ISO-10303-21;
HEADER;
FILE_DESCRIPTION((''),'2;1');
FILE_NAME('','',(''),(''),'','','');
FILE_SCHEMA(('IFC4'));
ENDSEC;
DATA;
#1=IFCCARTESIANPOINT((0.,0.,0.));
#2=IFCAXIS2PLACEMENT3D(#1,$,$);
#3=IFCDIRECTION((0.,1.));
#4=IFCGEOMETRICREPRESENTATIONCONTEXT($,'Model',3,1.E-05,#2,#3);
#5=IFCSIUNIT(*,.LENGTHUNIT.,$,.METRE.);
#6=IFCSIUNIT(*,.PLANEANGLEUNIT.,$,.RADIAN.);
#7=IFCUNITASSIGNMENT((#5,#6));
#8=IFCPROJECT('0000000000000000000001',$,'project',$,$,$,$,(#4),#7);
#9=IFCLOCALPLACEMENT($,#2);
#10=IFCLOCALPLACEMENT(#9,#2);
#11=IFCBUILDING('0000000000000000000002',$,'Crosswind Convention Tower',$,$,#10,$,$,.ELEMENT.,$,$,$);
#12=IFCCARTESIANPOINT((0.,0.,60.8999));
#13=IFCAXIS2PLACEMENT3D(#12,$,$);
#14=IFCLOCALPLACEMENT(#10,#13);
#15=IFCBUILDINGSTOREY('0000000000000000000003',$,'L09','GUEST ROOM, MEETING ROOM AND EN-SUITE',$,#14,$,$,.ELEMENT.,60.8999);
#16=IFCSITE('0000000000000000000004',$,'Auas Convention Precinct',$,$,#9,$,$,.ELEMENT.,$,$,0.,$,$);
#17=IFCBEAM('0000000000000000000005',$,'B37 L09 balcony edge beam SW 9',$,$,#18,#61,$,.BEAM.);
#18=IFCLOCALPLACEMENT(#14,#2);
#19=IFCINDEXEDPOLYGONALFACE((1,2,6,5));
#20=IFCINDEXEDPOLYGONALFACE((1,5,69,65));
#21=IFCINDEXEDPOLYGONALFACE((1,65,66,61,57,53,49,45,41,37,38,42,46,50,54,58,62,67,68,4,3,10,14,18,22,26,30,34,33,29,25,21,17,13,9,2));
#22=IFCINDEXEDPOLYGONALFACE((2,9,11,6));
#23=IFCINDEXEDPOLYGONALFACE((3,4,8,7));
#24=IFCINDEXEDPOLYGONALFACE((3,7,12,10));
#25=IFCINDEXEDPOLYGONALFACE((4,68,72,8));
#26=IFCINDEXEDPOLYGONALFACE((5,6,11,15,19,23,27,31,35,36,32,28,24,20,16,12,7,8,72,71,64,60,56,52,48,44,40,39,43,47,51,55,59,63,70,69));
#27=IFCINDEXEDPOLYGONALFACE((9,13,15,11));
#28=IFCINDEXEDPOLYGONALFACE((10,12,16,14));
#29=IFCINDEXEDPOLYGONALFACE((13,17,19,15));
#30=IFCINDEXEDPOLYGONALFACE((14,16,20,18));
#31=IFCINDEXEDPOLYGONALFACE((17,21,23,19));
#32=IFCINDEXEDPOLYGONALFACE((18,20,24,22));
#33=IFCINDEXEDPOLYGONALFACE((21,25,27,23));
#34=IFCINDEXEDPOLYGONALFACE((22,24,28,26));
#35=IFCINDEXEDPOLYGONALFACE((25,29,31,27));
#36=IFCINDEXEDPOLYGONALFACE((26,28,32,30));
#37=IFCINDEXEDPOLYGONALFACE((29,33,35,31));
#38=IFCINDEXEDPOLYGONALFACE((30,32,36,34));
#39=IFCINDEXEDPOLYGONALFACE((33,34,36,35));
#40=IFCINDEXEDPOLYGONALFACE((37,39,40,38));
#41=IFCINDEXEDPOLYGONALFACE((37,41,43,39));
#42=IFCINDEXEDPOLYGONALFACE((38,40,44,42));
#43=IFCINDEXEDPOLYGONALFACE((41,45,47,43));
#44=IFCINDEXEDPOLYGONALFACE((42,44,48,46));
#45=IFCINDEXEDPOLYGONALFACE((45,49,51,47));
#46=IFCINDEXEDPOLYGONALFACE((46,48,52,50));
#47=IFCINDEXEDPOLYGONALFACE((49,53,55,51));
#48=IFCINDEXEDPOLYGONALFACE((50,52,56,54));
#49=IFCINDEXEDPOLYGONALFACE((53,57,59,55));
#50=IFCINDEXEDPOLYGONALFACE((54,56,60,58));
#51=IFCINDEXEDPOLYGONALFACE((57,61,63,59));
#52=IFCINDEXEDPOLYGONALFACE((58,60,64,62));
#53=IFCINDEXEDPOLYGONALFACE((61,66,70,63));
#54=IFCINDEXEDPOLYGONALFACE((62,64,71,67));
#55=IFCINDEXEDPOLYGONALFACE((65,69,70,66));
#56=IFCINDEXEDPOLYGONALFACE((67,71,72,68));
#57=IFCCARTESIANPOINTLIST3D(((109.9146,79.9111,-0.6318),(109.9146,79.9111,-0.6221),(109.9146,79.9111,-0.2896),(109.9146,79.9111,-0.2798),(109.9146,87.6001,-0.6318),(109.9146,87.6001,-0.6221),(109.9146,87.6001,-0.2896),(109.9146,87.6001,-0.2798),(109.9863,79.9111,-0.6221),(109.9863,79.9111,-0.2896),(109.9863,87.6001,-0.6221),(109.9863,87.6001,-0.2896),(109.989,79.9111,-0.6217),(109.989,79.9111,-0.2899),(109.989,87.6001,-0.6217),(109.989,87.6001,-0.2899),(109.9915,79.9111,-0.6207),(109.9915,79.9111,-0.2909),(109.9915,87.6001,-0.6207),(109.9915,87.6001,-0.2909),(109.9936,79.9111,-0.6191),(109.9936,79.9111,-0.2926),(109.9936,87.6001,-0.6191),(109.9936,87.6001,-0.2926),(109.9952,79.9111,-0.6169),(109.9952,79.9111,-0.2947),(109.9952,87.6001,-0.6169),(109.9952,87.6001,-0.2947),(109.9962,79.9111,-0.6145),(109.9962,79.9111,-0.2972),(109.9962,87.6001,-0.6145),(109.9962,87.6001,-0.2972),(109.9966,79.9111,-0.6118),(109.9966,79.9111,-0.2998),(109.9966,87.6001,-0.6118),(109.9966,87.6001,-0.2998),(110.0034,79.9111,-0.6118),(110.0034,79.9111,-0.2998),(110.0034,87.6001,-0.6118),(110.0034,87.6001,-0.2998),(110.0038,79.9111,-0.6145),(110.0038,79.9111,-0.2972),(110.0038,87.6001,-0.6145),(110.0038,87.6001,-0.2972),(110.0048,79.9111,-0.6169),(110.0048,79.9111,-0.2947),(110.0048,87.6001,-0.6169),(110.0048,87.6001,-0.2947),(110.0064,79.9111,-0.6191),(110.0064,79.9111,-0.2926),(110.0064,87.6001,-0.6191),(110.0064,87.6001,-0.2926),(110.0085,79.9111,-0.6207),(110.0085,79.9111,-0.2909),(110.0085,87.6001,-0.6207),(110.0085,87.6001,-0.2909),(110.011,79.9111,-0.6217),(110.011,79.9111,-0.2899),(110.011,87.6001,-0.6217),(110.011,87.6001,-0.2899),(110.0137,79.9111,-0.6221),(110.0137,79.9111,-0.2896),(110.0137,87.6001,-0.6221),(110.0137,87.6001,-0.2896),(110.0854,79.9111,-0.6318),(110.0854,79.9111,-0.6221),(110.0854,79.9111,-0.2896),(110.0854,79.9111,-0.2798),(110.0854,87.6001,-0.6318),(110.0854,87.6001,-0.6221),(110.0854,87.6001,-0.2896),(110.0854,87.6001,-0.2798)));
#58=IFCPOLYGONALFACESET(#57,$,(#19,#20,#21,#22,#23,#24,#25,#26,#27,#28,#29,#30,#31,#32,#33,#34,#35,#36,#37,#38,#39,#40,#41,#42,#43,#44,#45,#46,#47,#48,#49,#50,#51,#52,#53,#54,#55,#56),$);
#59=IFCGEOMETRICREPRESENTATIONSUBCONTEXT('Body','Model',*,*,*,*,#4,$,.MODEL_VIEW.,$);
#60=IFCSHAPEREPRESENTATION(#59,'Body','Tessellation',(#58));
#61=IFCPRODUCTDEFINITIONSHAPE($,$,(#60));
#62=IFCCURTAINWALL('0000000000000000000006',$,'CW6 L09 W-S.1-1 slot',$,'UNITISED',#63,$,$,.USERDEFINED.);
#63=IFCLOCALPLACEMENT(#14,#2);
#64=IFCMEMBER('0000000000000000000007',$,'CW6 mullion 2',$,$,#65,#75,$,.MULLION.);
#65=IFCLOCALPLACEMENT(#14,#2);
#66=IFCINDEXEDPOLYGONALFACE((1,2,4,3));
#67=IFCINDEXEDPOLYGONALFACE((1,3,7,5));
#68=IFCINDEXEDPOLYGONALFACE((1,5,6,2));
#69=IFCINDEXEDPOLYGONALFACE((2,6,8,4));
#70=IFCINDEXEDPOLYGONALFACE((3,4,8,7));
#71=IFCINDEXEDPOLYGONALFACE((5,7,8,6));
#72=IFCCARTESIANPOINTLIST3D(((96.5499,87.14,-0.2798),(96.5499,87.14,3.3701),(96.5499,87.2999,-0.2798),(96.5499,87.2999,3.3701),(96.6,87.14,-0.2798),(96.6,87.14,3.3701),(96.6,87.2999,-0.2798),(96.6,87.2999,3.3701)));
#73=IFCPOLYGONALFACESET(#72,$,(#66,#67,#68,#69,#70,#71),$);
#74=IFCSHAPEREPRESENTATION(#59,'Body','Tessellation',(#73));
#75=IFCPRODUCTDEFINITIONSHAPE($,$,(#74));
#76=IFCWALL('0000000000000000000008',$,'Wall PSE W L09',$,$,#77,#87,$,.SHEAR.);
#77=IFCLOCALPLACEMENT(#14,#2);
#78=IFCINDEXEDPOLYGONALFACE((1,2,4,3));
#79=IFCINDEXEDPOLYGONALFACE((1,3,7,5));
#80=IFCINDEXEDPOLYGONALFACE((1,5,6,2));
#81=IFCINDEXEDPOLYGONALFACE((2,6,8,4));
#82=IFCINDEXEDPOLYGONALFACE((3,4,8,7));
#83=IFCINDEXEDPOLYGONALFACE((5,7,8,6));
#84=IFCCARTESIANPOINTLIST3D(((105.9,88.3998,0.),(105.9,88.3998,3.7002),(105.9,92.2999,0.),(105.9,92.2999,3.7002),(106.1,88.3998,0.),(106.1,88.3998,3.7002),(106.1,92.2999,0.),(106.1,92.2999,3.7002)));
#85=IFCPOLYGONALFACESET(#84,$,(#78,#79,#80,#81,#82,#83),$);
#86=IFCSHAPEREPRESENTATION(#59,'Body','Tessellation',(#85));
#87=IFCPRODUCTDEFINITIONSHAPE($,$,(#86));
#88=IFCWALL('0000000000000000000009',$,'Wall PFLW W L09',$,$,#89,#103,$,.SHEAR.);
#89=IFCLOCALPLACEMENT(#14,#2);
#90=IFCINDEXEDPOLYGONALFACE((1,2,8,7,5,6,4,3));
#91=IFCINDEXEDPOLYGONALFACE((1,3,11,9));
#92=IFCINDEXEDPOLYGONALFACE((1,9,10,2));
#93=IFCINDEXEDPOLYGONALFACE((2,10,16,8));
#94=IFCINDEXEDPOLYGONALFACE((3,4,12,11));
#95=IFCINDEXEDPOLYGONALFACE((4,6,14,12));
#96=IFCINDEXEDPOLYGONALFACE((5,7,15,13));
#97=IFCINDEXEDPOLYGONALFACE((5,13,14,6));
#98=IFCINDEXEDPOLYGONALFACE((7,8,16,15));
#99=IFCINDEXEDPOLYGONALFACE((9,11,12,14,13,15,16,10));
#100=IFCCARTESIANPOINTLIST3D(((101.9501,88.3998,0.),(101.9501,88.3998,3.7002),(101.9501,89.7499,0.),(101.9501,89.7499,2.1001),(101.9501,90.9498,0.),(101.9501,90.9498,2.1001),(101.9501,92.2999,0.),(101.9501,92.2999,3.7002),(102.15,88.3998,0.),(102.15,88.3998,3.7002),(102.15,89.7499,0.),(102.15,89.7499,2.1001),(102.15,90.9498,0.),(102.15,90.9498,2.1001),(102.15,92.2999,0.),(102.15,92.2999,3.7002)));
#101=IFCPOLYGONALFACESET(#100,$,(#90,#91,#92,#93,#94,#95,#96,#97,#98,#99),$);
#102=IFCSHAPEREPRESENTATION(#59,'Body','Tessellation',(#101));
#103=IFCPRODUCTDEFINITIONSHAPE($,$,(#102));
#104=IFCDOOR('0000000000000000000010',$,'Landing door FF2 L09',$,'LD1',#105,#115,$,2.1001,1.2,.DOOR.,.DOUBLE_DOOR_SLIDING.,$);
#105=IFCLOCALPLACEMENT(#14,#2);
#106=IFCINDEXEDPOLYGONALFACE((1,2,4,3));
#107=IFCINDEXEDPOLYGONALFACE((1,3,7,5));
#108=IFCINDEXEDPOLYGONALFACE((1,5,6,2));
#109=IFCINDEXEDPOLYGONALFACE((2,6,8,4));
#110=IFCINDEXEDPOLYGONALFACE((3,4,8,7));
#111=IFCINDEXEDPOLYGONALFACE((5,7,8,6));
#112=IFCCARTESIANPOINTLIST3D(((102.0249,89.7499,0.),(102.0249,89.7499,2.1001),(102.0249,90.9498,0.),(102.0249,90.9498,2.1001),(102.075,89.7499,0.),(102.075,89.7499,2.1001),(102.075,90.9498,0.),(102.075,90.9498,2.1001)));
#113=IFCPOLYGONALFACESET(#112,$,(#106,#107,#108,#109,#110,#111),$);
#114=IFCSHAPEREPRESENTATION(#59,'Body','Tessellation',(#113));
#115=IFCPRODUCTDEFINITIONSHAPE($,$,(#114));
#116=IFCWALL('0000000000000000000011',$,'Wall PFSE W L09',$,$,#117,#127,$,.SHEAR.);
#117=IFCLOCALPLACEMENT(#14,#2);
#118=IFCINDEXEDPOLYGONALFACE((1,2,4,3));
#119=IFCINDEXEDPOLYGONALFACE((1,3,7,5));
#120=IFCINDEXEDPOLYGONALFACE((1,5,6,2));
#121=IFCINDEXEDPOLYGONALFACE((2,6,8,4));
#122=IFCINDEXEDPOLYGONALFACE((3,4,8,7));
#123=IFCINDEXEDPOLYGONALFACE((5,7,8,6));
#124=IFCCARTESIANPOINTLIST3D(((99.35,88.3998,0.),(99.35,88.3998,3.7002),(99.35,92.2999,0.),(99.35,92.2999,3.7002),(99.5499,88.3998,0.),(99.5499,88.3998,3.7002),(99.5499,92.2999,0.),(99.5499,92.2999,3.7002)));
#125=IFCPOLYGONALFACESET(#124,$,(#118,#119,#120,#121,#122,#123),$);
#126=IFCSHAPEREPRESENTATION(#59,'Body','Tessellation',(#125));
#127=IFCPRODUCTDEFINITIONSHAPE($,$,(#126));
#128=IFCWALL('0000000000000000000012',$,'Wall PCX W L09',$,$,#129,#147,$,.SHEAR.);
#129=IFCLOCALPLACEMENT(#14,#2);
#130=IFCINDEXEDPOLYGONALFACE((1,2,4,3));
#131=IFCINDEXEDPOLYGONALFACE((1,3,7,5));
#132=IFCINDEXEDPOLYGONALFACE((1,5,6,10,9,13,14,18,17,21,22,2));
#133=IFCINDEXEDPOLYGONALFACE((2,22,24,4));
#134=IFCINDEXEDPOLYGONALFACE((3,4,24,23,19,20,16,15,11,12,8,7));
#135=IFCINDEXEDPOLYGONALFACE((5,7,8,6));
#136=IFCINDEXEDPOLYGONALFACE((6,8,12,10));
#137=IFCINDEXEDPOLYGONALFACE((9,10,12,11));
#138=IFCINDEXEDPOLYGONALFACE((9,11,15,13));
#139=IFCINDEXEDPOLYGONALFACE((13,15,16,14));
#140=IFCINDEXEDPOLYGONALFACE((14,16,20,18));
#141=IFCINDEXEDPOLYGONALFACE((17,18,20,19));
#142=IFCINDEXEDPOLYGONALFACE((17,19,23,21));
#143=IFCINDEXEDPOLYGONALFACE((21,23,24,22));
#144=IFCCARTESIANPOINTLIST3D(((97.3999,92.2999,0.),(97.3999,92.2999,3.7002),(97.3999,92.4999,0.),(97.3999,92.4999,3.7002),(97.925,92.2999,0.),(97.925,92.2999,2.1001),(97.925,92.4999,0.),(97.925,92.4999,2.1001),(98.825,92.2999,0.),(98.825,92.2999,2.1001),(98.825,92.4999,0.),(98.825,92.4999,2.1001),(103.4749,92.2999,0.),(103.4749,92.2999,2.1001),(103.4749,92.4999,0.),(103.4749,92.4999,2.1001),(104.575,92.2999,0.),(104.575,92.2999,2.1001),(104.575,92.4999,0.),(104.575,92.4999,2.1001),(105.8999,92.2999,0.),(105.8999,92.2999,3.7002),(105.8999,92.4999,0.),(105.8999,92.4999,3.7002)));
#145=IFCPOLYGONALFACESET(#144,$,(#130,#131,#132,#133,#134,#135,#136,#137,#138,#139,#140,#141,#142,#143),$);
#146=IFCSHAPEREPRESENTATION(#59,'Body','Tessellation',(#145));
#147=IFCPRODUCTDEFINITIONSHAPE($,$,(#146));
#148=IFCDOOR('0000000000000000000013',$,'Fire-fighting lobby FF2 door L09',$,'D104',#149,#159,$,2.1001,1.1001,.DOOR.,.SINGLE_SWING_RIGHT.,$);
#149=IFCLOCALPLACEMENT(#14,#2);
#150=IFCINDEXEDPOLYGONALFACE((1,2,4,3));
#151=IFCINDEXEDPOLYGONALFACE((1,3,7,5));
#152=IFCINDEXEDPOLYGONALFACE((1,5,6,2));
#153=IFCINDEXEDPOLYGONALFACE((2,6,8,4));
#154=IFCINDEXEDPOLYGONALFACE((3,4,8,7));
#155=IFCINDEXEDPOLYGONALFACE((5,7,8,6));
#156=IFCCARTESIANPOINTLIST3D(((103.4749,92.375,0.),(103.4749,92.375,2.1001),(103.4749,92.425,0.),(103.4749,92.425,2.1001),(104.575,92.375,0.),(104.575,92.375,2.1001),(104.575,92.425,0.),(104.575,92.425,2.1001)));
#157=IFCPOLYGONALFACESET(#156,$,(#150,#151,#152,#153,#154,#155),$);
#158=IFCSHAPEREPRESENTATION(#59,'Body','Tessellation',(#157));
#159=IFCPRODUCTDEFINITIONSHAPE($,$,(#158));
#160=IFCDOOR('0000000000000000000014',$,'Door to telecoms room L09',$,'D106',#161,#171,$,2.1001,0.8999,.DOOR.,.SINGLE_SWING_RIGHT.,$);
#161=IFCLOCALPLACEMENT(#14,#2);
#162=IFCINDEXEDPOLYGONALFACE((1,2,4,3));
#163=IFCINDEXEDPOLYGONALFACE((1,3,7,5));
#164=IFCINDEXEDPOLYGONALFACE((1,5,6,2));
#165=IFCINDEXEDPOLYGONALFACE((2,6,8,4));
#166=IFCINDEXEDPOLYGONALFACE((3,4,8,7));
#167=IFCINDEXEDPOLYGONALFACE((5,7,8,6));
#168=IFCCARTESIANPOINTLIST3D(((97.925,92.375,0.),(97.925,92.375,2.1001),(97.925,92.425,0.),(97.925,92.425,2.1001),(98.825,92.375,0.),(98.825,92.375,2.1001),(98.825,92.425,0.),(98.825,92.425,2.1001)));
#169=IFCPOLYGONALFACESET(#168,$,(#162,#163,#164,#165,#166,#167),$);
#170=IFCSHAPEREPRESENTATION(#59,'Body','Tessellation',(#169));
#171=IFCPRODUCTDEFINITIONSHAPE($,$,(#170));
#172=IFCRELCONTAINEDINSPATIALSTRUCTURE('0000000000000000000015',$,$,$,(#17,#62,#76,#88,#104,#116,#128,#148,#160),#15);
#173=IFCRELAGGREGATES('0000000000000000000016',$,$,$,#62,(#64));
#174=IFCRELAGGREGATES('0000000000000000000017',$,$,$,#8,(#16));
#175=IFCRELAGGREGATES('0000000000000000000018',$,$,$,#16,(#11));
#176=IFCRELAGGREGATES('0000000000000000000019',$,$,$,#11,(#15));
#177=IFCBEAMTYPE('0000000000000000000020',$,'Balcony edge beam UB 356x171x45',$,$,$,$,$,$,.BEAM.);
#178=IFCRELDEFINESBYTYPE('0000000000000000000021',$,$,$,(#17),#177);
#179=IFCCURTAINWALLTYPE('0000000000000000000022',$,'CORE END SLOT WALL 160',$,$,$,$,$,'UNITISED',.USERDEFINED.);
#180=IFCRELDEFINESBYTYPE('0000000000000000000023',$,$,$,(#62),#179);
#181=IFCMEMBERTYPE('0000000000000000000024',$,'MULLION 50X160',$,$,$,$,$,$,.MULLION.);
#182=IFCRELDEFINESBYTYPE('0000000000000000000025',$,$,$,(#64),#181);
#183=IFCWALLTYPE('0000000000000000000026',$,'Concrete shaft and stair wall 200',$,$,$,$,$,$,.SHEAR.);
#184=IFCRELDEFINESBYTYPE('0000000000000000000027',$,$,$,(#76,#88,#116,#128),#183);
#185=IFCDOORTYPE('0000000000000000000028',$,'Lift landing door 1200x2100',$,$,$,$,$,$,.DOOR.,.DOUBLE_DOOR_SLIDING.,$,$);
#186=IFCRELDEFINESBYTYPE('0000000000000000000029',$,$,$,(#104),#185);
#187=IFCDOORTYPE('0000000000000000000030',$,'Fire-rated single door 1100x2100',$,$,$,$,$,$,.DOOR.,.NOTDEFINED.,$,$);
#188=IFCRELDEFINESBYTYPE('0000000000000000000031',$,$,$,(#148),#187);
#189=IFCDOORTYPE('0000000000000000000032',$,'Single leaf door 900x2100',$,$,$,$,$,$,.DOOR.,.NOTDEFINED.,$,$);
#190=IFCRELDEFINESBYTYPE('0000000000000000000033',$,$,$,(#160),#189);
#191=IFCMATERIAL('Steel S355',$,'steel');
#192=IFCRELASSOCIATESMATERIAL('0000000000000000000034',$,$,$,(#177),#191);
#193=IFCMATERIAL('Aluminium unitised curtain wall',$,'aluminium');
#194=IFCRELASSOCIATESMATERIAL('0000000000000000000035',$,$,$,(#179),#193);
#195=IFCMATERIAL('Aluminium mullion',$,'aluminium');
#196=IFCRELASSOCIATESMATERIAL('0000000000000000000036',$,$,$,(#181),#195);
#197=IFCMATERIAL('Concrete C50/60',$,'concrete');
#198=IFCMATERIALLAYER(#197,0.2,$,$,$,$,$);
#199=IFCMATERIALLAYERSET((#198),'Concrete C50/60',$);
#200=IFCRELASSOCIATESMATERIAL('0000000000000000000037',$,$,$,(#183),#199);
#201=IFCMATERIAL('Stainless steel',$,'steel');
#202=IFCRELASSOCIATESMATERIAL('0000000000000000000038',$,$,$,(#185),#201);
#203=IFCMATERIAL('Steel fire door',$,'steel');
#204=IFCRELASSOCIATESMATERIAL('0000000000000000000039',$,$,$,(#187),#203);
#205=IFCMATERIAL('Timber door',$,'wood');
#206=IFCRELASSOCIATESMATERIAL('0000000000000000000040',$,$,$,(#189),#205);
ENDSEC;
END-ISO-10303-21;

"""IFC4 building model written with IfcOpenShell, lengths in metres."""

from ifc_helpers import new_model, si_unit, direction, frame, frame_2d, origin, origin_2d, place, context, subcontext, project, spatial, rectangle, i_section, extrude, material, layer, layer_set, material_profile, profile_set, type_object, element, fill, aggregate, save


model = new_model("IFC4")

# Units and contexts
model_context = context("Model", 3, precision=1e-05, world=origin(), true_north=direction((0.0, 1.0)))
body_context = subcontext(model_context, "Body", "Model", "MODEL_VIEW")
ifc_project = project(units=[si_unit("LENGTHUNIT", "METRE"), si_unit("PLANEANGLEUNIT", "RADIAN")], contexts=[model_context])

# Site, building, storey
site_placement = place(None, origin())
site = spatial("IfcSite", under=ifc_project, at=site_placement, Name="Auas Convention Precinct", CompositionType="ELEMENT", RefElevation=0.0)
building_placement = place(site_placement, origin())
building = spatial("IfcBuilding", under=site, at=building_placement, Name="Crosswind Convention Tower", CompositionType="ELEMENT")
storey_placement = place(building_placement, frame((0.0, 0.0, 60.8999)))
storey = spatial("IfcBuildingStorey", under=building, at=storey_placement, Name="L09", Description="GUEST ROOM, MEETING ROOM AND EN-SUITE", CompositionType="ELEMENT", Elevation=60.8999)

# Beam
ifc_material_1 = material(Name="Steel S355", Category="steel")
ifc_material_profile_1 = material_profile(ifc_material_1, i_section(OverallWidth=0.1709, OverallDepth=0.3521, WebThickness=0.0068, FlangeThickness=0.0098, FilletRadius=0.0103, at=origin_2d()), Name="UB 356x171x45")
ifc_profile_set_1 = profile_set([ifc_material_profile_1], Name="Steel S355")
beam_type = type_object("IfcBeamType", Name="Balcony edge beam UB 356x171x45", PredefinedType="BEAM", material=ifc_profile_set_1)
beam_placement = place(storey_placement, frame((110.0, 87.6001, -0.4558), z_axis=(0.0, -1.0, 0.0), x_axis=(1.0, 0.0, 0.0)))
element("IfcBeam", 1, at=beam_placement, inside=storey, type_object=beam_type, Name="B37 L09 balcony edge beam SW 9", PredefinedType="BEAM", context=body_context, shape_type="SweptSolid", body=[
    extrude(i_section(OverallWidth=0.1709, OverallDepth=0.3521, WebThickness=0.0068, FlangeThickness=0.0098, FilletRadius=0.0103, at=origin_2d()), origin(), (0.0, 0.0, 1.0), 7.689),
])

# Curtain wall, member
ifc_material_2 = material(Name="Aluminium unitised curtain wall", Category="aluminium")
curtain_wall_type = type_object("IfcCurtainWallType", Name="CORE END SLOT WALL 160", ElementType="UNITISED", PredefinedType="USERDEFINED", material=ifc_material_2)
curtain_wall_placement = place(storey_placement, origin())
curtain_wall = element("IfcCurtainWall", 2, at=curtain_wall_placement, inside=storey, type_object=curtain_wall_type, Name="CW6 L09 W-S.1-1 slot", ObjectType="UNITISED", PredefinedType="USERDEFINED")
ifc_material_3 = material(Name="Aluminium mullion", Category="aluminium")
ifc_material_profile_2 = material_profile(ifc_material_3, rectangle(XDim=0.1599, YDim=0.05, at=origin_2d()), Name="AL 160X50")
ifc_profile_set_2 = profile_set([ifc_material_profile_2], Name="Aluminium mullion")
member_type = type_object("IfcMemberType", Name="MULLION 50X160", PredefinedType="MULLION", material=ifc_profile_set_2)
member_placement = place(storey_placement, frame((96.575, 87.22, -0.2798), z_axis=(0.0, 0.0, 1.0), x_axis=(0.0, -1.0, 0.0)))
member = element("IfcMember", 3, at=member_placement, type_object=member_type, Name="CW6 mullion 2", PredefinedType="MULLION", context=body_context, shape_type="SweptSolid", body=[
    extrude(rectangle(XDim=0.1599, YDim=0.05, at=origin_2d()), origin(), (0.0, 0.0, 1.0), 3.6499),
])
aggregate(curtain_wall, [member])

# Wall
ifc_material_4 = material(Name="Concrete C50/60", Category="concrete")
ifc_layer_1 = layer(ifc_material_4, 0.2)
ifc_layer_set_1 = layer_set([ifc_layer_1], Name="Concrete C50/60")
wall_type_1 = type_object("IfcWallType", Name="Concrete shaft and stair wall 200", PredefinedType="SHEAR", material=ifc_layer_set_1)
wall_1_placement = place(storey_placement, frame((106.0, 92.3, 0.0), z_axis=(0.0, 0.0, 1.0), x_axis=(0.0, -1.0, 0.0)))
element("IfcWall", 4, at=wall_1_placement, inside=storey, type_object=wall_type_1, Name="Wall PSE W L09", PredefinedType="SHEAR", context=body_context, shape_type="SweptSolid", body=[
    extrude(rectangle(XDim=3.9001, YDim=0.2, at=frame_2d((1.9502, 0.0))), origin(), (0.0, 0.0, 1.0), 3.7002),
])

# Wall, opening, door
wall_2_placement = place(storey_placement, frame((102.05, 92.3, 0.0), z_axis=(0.0, 0.0, 1.0), x_axis=(0.0, -1.0, 0.0)))
wall_2 = element("IfcWall", 5, at=wall_2_placement, inside=storey, type_object=wall_type_1, Name="Wall PFLW W L09", PredefinedType="SHEAR", context=body_context, shape_type="SweptSolid", body=[
    extrude(rectangle(XDim=3.9001, YDim=0.2, at=frame_2d((1.9502, 0.0))), origin(), (0.0, 0.0, 1.0), 3.7002),
])
opening_1_placement = place(wall_2_placement, frame((1.3501, 0.0, 0.0)))
opening_1 = element("IfcOpeningElement", 6, at=opening_1_placement, cuts=wall_2, PredefinedType="OPENING", context=body_context, shape_type="SweptSolid", body=[
    extrude(rectangle(XDim=1.2, YDim=2.1001, at=frame_2d((0.6001, 1.05))), frame((0.0, 0.1099, 0.0), z_axis=(0.0, -1.0, 0.0), x_axis=(1.0, 0.0, 0.0)), (0.0, 0.0, 1.0), 0.22),
])
ifc_material_5 = material(Name="Stainless steel", Category="steel")
door_type_1 = type_object("IfcDoorType", Name="Lift landing door 1200x2100", OperationType="DOUBLE_DOOR_SLIDING", PredefinedType="DOOR", material=ifc_material_5)
door_1_placement = place(opening_1_placement, origin())
door_1 = element("IfcDoor", 7, at=door_1_placement, inside=storey, type_object=door_type_1, Name="Landing door FF2 L09", ObjectType="LD1", OperationType="DOUBLE_DOOR_SLIDING", OverallHeight=2.1001, OverallWidth=1.2, PredefinedType="DOOR", context=body_context, shape_type="SweptSolid", body=[
    extrude(rectangle(XDim=1.2, YDim=2.1001, at=frame_2d((0.6001, 1.05))), frame((0.0, 0.0249, 0.0), z_axis=(0.0, -1.0, 0.0), x_axis=(1.0, 0.0, 0.0)), (0.0, 0.0, 1.0), 0.05),
])
fill(opening_1, door_1)

# Wall
wall_3_placement = place(storey_placement, frame((99.45, 92.3, 0.0), z_axis=(0.0, 0.0, 1.0), x_axis=(0.0, -1.0, 0.0)))
element("IfcWall", 8, at=wall_3_placement, inside=storey, type_object=wall_type_1, Name="Wall PFSE W L09", PredefinedType="SHEAR", context=body_context, shape_type="SweptSolid", body=[
    extrude(rectangle(XDim=3.9001, YDim=0.2, at=frame_2d((1.9502, 0.0))), origin(), (0.0, 0.0, 1.0), 3.7002),
])

# Wall, openings, doors
wall_4_placement = place(storey_placement, frame((105.8999, 92.3999, 0.0), z_axis=(0.0, 0.0, 1.0), x_axis=(-1.0, 0.0, 0.0)))
wall_4 = element("IfcWall", 9, at=wall_4_placement, inside=storey, type_object=wall_type_1, Name="Wall PCX W L09", PredefinedType="SHEAR", context=body_context, shape_type="SweptSolid", body=[
    extrude(rectangle(XDim=8.5, YDim=0.2, at=frame_2d((4.25, 0.0))), origin(), (0.0, 0.0, 1.0), 3.7002),
])
opening_2_placement = place(wall_4_placement, frame((1.325, 0.0, 0.0)))
opening_2 = element("IfcOpeningElement", 10, at=opening_2_placement, cuts=wall_4, PredefinedType="OPENING", context=body_context, shape_type="SweptSolid", body=[
    extrude(rectangle(XDim=1.1001, YDim=2.1001, at=frame_2d((0.55, 1.05))), frame((0.0, 0.1099, 0.0), z_axis=(0.0, -1.0, 0.0), x_axis=(1.0, 0.0, 0.0)), (0.0, 0.0, 1.0), 0.22),
])
opening_3_placement = place(wall_4_placement, frame((7.075, 0.0, 0.0)))
opening_3 = element("IfcOpeningElement", 11, at=opening_3_placement, cuts=wall_4, PredefinedType="OPENING", context=body_context, shape_type="SweptSolid", body=[
    extrude(rectangle(XDim=0.8999, YDim=2.1001, at=frame_2d((0.45, 1.05))), frame((0.0, 0.1099, 0.0), z_axis=(0.0, -1.0, 0.0), x_axis=(1.0, 0.0, 0.0)), (0.0, 0.0, 1.0), 0.22),
])
ifc_material_6 = material(Name="Steel fire door", Category="steel")
door_type_2 = type_object("IfcDoorType", Name="Fire-rated single door 1100x2100", OperationType="NOTDEFINED", PredefinedType="DOOR", material=ifc_material_6)
door_2_placement = place(opening_2_placement, origin())
door_2 = element("IfcDoor", 12, at=door_2_placement, inside=storey, type_object=door_type_2, Name="Fire-fighting lobby FF2 door L09", ObjectType="D104", OperationType="SINGLE_SWING_RIGHT", OverallHeight=2.1001, OverallWidth=1.1001, PredefinedType="DOOR", context=body_context, shape_type="SweptSolid", body=[
    extrude(rectangle(XDim=1.1001, YDim=2.1001, at=frame_2d((0.55, 1.05))), frame((0.0, 0.0249, 0.0), z_axis=(0.0, -1.0, 0.0), x_axis=(1.0, 0.0, 0.0)), (0.0, 0.0, 1.0), 0.05),
])
fill(opening_2, door_2)
ifc_material_7 = material(Name="Timber door", Category="wood")
door_type_3 = type_object("IfcDoorType", Name="Single leaf door 900x2100", OperationType="NOTDEFINED", PredefinedType="DOOR", material=ifc_material_7)
door_3_placement = place(opening_3_placement, origin())
door_3 = element("IfcDoor", 13, at=door_3_placement, inside=storey, type_object=door_type_3, Name="Door to telecoms room L09", ObjectType="D106", OperationType="SINGLE_SWING_RIGHT", OverallHeight=2.1001, OverallWidth=0.8999, PredefinedType="DOOR", context=body_context, shape_type="SweptSolid", body=[
    extrude(rectangle(XDim=0.8999, YDim=2.1001, at=frame_2d((0.45, 1.05))), frame((0.0, 0.0249, 0.0), z_axis=(0.0, -1.0, 0.0), x_axis=(1.0, 0.0, 0.0)), (0.0, 0.0, 1.0), 0.05),
])
fill(opening_3, door_3)

save(model, "model.ifc")
